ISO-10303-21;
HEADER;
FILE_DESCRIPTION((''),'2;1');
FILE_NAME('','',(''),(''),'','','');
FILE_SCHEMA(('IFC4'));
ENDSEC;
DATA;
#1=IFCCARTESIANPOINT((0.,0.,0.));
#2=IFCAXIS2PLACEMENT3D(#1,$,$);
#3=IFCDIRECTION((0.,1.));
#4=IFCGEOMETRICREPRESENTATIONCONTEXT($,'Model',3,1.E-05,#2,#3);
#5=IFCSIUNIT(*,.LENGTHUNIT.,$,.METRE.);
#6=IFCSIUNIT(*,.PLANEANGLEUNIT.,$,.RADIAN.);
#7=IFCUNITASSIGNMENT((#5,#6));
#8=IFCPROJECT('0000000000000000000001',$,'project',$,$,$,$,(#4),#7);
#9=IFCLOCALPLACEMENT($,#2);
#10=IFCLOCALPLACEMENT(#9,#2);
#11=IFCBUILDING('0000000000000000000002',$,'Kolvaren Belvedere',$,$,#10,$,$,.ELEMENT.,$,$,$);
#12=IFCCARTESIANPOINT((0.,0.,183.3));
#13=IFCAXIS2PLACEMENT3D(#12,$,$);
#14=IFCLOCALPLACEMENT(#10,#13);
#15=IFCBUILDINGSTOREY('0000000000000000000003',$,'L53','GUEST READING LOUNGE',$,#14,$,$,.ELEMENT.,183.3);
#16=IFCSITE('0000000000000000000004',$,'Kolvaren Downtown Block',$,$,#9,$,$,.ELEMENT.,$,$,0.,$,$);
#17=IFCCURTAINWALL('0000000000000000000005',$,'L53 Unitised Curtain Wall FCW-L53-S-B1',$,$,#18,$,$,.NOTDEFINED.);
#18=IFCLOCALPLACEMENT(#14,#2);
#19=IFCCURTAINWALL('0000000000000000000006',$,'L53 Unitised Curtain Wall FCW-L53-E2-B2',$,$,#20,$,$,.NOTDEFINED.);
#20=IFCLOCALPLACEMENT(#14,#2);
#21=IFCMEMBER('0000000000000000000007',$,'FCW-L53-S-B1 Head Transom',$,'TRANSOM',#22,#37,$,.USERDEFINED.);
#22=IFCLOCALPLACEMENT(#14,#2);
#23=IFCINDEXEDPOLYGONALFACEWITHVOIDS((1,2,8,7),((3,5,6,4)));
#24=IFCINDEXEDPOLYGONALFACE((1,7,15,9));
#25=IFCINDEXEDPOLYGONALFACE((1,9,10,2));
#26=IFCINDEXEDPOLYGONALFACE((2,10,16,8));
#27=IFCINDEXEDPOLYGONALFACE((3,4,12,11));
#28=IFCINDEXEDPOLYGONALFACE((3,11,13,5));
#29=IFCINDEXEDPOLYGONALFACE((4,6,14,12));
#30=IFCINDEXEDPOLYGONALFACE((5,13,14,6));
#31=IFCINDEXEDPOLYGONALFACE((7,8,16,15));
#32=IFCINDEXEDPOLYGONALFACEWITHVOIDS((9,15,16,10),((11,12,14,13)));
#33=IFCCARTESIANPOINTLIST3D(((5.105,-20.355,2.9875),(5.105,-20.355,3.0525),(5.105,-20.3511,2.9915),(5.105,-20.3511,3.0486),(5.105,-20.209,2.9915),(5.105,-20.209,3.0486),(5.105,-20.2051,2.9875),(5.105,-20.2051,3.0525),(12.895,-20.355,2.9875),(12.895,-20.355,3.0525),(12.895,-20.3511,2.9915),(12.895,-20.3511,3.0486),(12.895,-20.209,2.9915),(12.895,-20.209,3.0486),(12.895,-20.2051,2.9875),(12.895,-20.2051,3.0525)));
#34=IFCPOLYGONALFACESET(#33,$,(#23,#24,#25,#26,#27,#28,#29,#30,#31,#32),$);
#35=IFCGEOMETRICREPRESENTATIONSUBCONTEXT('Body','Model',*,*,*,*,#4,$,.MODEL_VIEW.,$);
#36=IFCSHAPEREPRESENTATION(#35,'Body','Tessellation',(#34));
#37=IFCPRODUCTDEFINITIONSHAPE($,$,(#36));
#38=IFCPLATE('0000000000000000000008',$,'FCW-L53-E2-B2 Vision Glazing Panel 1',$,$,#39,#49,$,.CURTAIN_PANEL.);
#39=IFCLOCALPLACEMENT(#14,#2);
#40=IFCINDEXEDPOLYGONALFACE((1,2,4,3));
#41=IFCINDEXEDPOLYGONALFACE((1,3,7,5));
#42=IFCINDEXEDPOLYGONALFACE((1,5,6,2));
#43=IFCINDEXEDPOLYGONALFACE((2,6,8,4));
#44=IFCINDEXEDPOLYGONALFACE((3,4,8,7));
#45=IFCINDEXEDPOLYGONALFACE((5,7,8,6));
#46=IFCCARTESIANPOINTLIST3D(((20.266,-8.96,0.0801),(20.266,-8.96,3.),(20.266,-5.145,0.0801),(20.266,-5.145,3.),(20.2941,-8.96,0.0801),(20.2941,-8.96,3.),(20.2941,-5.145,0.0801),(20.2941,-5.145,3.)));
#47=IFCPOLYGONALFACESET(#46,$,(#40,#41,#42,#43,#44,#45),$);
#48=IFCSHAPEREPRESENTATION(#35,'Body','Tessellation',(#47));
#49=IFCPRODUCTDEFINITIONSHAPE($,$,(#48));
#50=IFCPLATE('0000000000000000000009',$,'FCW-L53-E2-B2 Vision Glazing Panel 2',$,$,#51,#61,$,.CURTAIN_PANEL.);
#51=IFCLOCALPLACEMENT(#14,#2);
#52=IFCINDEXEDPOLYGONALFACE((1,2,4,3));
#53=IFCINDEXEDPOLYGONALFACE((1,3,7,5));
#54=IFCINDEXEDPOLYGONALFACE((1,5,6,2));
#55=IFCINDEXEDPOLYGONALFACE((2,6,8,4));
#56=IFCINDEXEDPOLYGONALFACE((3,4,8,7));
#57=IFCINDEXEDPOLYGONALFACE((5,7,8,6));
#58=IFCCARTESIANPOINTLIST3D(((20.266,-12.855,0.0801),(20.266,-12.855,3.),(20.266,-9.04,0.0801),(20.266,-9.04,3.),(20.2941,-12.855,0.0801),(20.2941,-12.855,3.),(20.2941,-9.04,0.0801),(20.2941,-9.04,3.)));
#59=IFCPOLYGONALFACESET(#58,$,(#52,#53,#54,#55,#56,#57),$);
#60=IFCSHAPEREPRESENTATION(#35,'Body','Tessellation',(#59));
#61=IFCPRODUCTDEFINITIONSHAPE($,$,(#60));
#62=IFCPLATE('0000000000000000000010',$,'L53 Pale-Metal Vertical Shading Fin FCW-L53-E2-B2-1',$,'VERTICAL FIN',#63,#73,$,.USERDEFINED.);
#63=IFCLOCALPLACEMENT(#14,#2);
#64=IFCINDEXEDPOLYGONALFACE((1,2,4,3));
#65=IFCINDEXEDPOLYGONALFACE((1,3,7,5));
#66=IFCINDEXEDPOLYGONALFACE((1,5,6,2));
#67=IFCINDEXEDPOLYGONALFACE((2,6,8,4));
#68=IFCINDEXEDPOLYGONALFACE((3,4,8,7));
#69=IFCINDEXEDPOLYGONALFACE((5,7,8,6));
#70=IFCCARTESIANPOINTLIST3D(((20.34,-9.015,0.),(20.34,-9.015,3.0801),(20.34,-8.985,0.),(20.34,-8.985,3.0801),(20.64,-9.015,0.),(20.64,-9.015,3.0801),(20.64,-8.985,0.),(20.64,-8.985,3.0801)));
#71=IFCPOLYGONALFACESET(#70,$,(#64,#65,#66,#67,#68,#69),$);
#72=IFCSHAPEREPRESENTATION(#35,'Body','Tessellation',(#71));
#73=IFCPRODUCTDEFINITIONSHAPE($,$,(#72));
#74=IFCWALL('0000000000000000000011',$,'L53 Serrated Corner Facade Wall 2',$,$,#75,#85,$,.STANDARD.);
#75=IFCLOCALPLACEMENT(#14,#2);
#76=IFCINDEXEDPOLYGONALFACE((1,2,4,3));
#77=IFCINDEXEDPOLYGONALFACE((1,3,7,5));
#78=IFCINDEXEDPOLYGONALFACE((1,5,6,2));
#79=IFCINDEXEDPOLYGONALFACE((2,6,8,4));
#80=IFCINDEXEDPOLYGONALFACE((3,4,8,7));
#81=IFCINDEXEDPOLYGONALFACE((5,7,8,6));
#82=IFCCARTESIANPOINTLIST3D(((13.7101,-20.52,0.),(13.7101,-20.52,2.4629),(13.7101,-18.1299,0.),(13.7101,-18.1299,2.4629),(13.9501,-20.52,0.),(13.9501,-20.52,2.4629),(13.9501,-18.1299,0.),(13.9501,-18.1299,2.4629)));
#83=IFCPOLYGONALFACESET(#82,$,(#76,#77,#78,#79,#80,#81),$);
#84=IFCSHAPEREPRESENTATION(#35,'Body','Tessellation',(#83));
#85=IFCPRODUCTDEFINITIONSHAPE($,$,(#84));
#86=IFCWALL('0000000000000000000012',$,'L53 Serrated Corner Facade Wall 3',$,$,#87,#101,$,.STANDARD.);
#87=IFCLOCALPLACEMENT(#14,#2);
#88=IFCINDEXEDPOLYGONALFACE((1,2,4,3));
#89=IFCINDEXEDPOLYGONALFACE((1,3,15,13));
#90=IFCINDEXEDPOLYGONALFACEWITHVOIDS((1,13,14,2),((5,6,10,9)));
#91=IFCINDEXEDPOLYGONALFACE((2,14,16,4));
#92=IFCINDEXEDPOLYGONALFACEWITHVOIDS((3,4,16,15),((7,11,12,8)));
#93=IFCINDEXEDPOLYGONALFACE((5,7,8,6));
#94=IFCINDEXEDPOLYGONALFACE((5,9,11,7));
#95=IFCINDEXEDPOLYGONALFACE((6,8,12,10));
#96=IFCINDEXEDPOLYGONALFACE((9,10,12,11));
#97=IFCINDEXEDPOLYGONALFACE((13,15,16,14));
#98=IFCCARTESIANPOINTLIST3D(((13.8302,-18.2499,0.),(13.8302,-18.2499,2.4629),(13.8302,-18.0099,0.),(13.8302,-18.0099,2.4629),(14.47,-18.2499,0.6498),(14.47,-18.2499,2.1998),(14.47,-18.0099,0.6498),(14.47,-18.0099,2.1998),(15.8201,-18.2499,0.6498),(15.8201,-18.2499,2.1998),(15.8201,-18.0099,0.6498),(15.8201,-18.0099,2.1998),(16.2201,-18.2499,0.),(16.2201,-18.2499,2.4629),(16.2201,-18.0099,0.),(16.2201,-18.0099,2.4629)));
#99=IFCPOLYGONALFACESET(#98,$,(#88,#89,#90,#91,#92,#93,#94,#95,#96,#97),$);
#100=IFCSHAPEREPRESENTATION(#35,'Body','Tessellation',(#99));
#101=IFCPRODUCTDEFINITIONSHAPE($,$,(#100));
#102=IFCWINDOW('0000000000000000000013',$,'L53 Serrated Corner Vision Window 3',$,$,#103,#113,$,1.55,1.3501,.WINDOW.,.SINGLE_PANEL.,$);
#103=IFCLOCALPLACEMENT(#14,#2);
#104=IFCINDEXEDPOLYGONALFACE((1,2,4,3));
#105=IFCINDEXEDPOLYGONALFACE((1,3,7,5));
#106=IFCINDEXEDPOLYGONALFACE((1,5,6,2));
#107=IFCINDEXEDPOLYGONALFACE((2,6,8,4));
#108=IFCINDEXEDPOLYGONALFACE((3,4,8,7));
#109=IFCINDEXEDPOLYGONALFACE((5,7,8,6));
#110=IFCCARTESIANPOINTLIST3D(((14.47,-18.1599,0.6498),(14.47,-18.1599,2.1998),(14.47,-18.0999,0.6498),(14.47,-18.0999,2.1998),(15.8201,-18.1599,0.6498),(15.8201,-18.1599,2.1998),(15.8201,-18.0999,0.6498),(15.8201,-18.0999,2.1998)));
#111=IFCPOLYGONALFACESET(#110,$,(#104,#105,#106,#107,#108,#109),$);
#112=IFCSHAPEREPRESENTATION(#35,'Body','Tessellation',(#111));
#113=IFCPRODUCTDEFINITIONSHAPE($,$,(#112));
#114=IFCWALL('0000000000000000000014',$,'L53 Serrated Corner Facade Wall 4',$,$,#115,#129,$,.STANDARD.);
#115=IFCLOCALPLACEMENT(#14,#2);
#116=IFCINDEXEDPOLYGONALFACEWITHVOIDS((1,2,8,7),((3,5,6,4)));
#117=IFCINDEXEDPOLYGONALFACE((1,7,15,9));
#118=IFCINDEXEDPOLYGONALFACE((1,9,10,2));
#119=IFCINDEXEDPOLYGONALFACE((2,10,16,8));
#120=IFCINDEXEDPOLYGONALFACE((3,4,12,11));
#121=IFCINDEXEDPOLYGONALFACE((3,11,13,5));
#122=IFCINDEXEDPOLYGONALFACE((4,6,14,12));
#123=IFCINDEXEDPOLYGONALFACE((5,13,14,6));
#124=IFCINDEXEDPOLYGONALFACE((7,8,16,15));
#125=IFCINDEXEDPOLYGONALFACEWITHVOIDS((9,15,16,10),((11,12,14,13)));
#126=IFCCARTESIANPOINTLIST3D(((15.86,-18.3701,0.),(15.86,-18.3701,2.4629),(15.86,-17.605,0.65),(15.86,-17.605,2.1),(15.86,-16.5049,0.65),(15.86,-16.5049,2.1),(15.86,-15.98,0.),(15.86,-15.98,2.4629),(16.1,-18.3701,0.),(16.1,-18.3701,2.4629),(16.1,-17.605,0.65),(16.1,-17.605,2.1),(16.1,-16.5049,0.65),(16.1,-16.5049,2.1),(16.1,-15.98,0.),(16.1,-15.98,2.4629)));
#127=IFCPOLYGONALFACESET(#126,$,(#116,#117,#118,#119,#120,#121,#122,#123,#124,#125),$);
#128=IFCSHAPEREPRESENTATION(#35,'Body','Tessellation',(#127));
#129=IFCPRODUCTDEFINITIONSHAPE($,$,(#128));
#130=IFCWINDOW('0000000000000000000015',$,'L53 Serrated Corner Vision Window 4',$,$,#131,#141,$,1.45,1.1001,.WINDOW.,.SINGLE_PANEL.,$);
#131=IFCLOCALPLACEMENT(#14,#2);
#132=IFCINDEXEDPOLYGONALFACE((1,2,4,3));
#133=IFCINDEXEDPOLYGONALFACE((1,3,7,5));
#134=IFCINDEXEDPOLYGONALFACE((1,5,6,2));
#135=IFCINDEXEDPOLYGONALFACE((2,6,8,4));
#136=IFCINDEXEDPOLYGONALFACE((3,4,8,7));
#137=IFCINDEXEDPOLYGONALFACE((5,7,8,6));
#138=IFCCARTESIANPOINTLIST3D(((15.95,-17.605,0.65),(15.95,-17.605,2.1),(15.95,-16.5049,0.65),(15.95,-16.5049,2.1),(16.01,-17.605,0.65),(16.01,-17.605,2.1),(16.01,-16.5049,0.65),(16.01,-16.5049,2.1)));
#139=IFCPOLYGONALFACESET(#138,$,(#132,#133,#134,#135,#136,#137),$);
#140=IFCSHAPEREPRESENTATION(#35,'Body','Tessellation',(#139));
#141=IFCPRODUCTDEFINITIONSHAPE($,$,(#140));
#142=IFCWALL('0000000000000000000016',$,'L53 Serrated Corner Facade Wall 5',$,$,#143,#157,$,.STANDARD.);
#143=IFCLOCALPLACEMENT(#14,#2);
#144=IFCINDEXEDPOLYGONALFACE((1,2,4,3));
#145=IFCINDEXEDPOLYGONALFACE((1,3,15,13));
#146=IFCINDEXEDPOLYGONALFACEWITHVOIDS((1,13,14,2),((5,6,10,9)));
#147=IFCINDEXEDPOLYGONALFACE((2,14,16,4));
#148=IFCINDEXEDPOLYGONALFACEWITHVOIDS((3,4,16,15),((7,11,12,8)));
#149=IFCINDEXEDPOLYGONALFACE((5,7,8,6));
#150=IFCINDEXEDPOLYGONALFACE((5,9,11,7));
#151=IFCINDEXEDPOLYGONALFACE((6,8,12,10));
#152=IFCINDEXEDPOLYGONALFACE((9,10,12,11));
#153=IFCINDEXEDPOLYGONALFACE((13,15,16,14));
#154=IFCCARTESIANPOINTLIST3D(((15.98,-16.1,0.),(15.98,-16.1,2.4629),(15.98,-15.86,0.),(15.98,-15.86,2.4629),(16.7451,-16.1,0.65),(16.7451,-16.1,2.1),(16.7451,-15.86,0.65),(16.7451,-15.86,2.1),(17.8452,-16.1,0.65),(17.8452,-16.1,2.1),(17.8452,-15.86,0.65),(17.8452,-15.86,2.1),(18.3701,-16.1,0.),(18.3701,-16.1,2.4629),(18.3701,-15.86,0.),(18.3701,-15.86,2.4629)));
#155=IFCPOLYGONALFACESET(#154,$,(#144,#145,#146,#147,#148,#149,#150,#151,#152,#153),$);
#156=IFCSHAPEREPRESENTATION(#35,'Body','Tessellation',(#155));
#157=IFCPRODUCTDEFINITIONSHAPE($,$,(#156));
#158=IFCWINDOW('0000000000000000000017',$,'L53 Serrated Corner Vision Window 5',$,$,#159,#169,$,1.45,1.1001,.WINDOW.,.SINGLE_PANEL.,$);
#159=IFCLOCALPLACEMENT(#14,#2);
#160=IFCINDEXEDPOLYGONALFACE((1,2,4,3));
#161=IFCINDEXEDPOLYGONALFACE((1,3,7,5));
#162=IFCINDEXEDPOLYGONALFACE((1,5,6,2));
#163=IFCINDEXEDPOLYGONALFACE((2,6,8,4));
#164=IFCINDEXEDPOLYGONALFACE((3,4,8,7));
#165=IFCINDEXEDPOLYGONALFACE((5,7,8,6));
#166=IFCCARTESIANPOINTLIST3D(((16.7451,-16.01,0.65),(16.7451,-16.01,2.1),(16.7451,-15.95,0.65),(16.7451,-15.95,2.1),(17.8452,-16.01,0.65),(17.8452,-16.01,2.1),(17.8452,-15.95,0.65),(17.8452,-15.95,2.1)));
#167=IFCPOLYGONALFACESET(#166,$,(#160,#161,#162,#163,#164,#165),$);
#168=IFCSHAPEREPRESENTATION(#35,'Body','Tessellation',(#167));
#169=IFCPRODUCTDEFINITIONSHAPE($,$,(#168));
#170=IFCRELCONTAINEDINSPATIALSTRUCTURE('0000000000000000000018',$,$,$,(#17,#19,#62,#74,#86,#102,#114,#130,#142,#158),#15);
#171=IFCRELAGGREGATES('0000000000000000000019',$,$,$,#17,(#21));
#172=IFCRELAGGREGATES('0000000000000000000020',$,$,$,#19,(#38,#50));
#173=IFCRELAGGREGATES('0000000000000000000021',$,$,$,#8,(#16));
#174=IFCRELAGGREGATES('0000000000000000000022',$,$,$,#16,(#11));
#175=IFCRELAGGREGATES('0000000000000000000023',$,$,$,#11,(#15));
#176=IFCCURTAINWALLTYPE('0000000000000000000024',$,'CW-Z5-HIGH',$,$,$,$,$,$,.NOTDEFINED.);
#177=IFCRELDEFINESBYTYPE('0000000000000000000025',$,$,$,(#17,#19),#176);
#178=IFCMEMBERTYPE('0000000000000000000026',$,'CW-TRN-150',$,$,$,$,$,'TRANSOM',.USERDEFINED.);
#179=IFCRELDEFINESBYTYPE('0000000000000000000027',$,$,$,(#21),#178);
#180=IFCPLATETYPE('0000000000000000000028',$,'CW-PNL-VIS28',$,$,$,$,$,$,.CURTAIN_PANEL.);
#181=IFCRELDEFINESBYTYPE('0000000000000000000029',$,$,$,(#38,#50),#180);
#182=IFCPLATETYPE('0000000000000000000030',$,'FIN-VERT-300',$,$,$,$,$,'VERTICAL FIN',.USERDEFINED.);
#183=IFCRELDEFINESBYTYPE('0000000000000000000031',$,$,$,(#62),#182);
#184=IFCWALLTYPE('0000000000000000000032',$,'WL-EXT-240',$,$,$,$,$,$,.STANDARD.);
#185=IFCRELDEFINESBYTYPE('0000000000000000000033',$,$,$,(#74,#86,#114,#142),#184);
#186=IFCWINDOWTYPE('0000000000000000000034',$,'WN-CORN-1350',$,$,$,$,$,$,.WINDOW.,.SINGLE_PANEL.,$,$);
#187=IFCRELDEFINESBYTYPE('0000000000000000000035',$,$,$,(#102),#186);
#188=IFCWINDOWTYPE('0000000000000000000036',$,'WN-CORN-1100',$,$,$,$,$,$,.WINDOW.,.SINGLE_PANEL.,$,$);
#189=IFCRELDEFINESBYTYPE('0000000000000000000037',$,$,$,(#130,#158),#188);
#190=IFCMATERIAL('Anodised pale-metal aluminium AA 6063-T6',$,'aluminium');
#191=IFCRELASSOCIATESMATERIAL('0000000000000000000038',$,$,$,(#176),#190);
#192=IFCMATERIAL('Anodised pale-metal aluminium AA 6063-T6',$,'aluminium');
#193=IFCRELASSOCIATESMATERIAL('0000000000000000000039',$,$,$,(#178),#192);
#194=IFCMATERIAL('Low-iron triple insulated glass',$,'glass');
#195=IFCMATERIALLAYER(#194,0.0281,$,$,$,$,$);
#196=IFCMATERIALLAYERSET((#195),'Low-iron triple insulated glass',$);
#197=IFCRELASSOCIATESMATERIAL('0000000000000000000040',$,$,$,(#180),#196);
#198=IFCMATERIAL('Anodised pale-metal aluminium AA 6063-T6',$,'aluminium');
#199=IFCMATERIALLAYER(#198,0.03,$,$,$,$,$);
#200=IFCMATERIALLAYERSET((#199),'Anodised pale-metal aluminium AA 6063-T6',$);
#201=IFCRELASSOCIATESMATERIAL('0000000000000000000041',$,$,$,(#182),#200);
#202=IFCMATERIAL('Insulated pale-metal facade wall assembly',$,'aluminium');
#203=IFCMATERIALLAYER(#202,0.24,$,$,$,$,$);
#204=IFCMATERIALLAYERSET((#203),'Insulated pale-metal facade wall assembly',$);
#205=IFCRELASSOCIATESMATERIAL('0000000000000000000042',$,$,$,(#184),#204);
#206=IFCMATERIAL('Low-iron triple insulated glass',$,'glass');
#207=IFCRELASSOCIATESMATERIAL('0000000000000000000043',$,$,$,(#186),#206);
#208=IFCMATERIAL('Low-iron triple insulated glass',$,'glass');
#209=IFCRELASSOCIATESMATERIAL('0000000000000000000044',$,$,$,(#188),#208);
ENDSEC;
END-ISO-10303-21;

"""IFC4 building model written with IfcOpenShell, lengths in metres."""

from ifc_helpers import new_model, si_unit, direction, frame, frame_2d, origin, origin_2d, place, context, subcontext, project, spatial, rectangle, hollow_rectangle, extrude, material, layer, layer_set, material_profile, profile_set, type_object, element, fill, aggregate, save


model = new_model("IFC4")

# Units and contexts
model_context = context("Model", 3, precision=1e-05, world=origin(), true_north=direction((0.0, 1.0)))
body_context = subcontext(model_context, "Body", "Model", "MODEL_VIEW")
ifc_project = project(units=[si_unit("LENGTHUNIT", "METRE"), si_unit("PLANEANGLEUNIT", "RADIAN")], contexts=[model_context])

# Site, building, storey
site_placement = place(None, origin())
site = spatial("IfcSite", under=ifc_project, at=site_placement, Name="Kolvaren Downtown Block", CompositionType="ELEMENT", RefElevation=0.0)
building_placement = place(site_placement, origin())
building = spatial("IfcBuilding", under=site, at=building_placement, Name="Kolvaren Belvedere", CompositionType="ELEMENT")
storey_placement = place(building_placement, frame((0.0, 0.0, 183.3)))
storey = spatial("IfcBuildingStorey", under=building, at=storey_placement, Name="L53", Description="GUEST READING LOUNGE", CompositionType="ELEMENT", Elevation=183.3)

# Curtain wall
ifc_material_1 = material(Name="Anodised pale-metal aluminium AA 6063-T6", Category="aluminium")
curtain_wall_type = type_object("IfcCurtainWallType", Name="CW-Z5-HIGH", PredefinedType="NOTDEFINED", material=ifc_material_1)
curtain_wall_1_placement = place(storey_placement, origin())
curtain_wall_1 = element("IfcCurtainWall", 1, at=curtain_wall_1_placement, inside=storey, type_object=curtain_wall_type, Name="L53 Unitised Curtain Wall FCW-L53-S-B1", PredefinedType="NOTDEFINED")

# Curtain wall
curtain_wall_2_placement = place(storey_placement, origin())
curtain_wall_2 = element("IfcCurtainWall", 2, at=curtain_wall_2_placement, inside=storey, type_object=curtain_wall_type, Name="L53 Unitised Curtain Wall FCW-L53-E2-B2", PredefinedType="NOTDEFINED")

# Member
ifc_material_2 = material(Name="Anodised pale-metal aluminium AA 6063-T6", Category="aluminium")
ifc_material_profile_1 = material_profile(ifc_material_2, hollow_rectangle(XDim=0.0649, YDim=0.1499, WallThickness=0.0039, at=origin_2d()), Name="ALU-TRN-150X65")
ifc_profile_set_1 = profile_set([ifc_material_profile_1], Name="Anodised pale-metal aluminium AA 6063-T6")
member_type_1 = type_object("IfcMemberType", Name="CW-TRN-150", ElementType="TRANSOM", PredefinedType="USERDEFINED", material=ifc_profile_set_1)
member_1_placement = place(storey_placement, frame((12.895, -20.28, 3.02), z_axis=(-1.0, 0.0, 0.0), x_axis=(0.0, 0.0, 1.0)))
member_1 = element("IfcMember", 3, at=member_1_placement, type_object=member_type_1, Name="FCW-L53-S-B1 Head Transom", ObjectType="TRANSOM", PredefinedType="USERDEFINED", context=body_context, shape_type="SweptSolid", body=[
    extrude(hollow_rectangle(XDim=0.0649, YDim=0.1499, WallThickness=0.0039, at=origin_2d()), origin(), (0.0, 0.0, 1.0), 7.79),
])
aggregate(curtain_wall_1, [member_1])

# Plates
ifc_material_3 = material(Name="Low-iron triple insulated glass", Category="glass")
ifc_layer_1 = layer(ifc_material_3, 0.0281)
ifc_layer_set_1 = layer_set([ifc_layer_1], Name="Low-iron triple insulated glass")
plate_type_1 = type_object("IfcPlateType", Name="CW-PNL-VIS28", PredefinedType="CURTAIN_PANEL", material=ifc_layer_set_1)
plate_1_placement = place(storey_placement, frame((20.28, -7.0525, 0.0801), z_axis=(0.0, 0.0, 1.0), x_axis=(0.0, -1.0, 0.0)))
plate_1 = element("IfcPlate", 4, at=plate_1_placement, type_object=plate_type_1, Name="FCW-L53-E2-B2 Vision Glazing Panel 1", PredefinedType="CURTAIN_PANEL", context=body_context, shape_type="SweptSolid", body=[
    extrude(rectangle(XDim=3.8149, YDim=0.0281, at=origin_2d()), origin(), (0.0, 0.0, 1.0), 2.9199),
])
plate_2_placement = place(storey_placement, frame((20.28, -10.9475, 0.0801), z_axis=(0.0, 0.0, 1.0), x_axis=(0.0, -1.0, 0.0)))
plate_2 = element("IfcPlate", 5, at=plate_2_placement, type_object=plate_type_1, Name="FCW-L53-E2-B2 Vision Glazing Panel 2", PredefinedType="CURTAIN_PANEL", context=body_context, shape_type="SweptSolid", body=[
    extrude(rectangle(XDim=3.8149, YDim=0.0281, at=origin_2d()), origin(), (0.0, 0.0, 1.0), 2.9199),
])
aggregate(curtain_wall_2, [plate_1, plate_2])
ifc_material_4 = material(Name="Anodised pale-metal aluminium AA 6063-T6", Category="aluminium")
ifc_layer_2 = layer(ifc_material_4, 0.03)
ifc_layer_set_2 = layer_set([ifc_layer_2], Name="Anodised pale-metal aluminium AA 6063-T6")
plate_type_2 = type_object("IfcPlateType", Name="FIN-VERT-300", ElementType="VERTICAL FIN", PredefinedType="USERDEFINED", material=ifc_layer_set_2)
plate_3_placement = place(storey_placement, frame((20.49, -9.0, 0.0), z_axis=(0.0, 0.0, 1.0), x_axis=(1.0, 0.0, 0.0)))
element("IfcPlate", 6, at=plate_3_placement, inside=storey, type_object=plate_type_2, Name="L53 Pale-Metal Vertical Shading Fin FCW-L53-E2-B2-1", ObjectType="VERTICAL FIN", PredefinedType="USERDEFINED", context=body_context, shape_type="SweptSolid", body=[
    extrude(rectangle(XDim=0.3, YDim=0.03, at=origin_2d()), origin(), (0.0, 0.0, 1.0), 3.0801),
])

# Wall
ifc_material_5 = material(Name="Insulated pale-metal facade wall assembly", Category="aluminium")
ifc_layer_3 = layer(ifc_material_5, 0.24)
ifc_layer_set_3 = layer_set([ifc_layer_3], Name="Insulated pale-metal facade wall assembly")
wall_type_1 = type_object("IfcWallType", Name="WL-EXT-240", PredefinedType="STANDARD", material=ifc_layer_set_3)
wall_1_placement = place(storey_placement, frame((13.8301, -18.1299, 0.0), z_axis=(0.0, 0.0, 1.0), x_axis=(0.0, -1.0, 0.0)))
element("IfcWall", 7, at=wall_1_placement, inside=storey, type_object=wall_type_1, Name="L53 Serrated Corner Facade Wall 2", PredefinedType="STANDARD", context=body_context, shape_type="SweptSolid", body=[
    extrude(rectangle(XDim=2.3901, YDim=0.24, at=frame_2d((1.1951, 0.0))), origin(), (0.0, 0.0, 1.0), 2.4629),
])

# Walls, openings, windows
wall_2_placement = place(storey_placement, frame((16.22, -18.1299, 0.0), z_axis=(0.0, 0.0, 1.0), x_axis=(-1.0, 0.0, 0.0)))
wall_2 = element("IfcWall", 8, at=wall_2_placement, inside=storey, type_object=wall_type_1, Name="L53 Serrated Corner Facade Wall 3", PredefinedType="STANDARD", context=body_context, shape_type="SweptSolid", body=[
    extrude(rectangle(XDim=2.3899, YDim=0.24, at=frame_2d((1.1948, 0.0))), origin(), (0.0, 0.0, 1.0), 2.4629),
])
opening_1_placement = place(wall_2_placement, frame((0.3999, 0.0, 0.6499)))
opening_1 = element("IfcOpeningElement", 9, at=opening_1_placement, cuts=wall_2, PredefinedType="OPENING", context=body_context, shape_type="SweptSolid", body=[
    extrude(rectangle(XDim=1.3501, YDim=1.55, at=frame_2d((0.675, 0.7749))), frame((0.0, 0.1299, 0.0), z_axis=(0.0, -1.0, 0.0), x_axis=(1.0, 0.0, 0.0)), (0.0, 0.0, 1.0), 0.26),
])
ifc_material_6 = material(Name="Low-iron triple insulated glass", Category="glass")
window_type_1 = type_object("IfcWindowType", Name="WN-CORN-1350", PartitioningType="SINGLE_PANEL", PredefinedType="WINDOW", material=ifc_material_6)
window_1_placement = place(opening_1_placement, origin())
window_1 = element("IfcWindow", 10, at=window_1_placement, inside=storey, type_object=window_type_1, Name="L53 Serrated Corner Vision Window 3", OverallHeight=1.55, OverallWidth=1.3501, PartitioningType="SINGLE_PANEL", PredefinedType="WINDOW", context=body_context, shape_type="SweptSolid", body=[
    extrude(rectangle(XDim=1.3501, YDim=1.55, at=frame_2d((0.675, 0.7749))), frame((0.0, 0.03, 0.0), z_axis=(0.0, -1.0, 0.0), x_axis=(1.0, 0.0, 0.0)), (0.0, 0.0, 1.0), 0.0601),
])
fill(opening_1, window_1)
wall_3_placement = place(storey_placement, frame((15.98, -15.98, 0.0), z_axis=(0.0, 0.0, 1.0), x_axis=(0.0, -1.0, 0.0)))
wall_3 = element("IfcWall", 11, at=wall_3_placement, inside=storey, type_object=wall_type_1, Name="L53 Serrated Corner Facade Wall 4", PredefinedType="STANDARD", context=body_context, shape_type="SweptSolid", body=[
    extrude(rectangle(XDim=2.3901, YDim=0.24, at=frame_2d((1.1951, 0.0))), origin(), (0.0, 0.0, 1.0), 2.4629),
])
opening_2_placement = place(wall_3_placement, frame((0.5249, 0.0, 0.6499)))
opening_2 = element("IfcOpeningElement", 12, at=opening_2_placement, cuts=wall_3, PredefinedType="OPENING", context=body_context, shape_type="SweptSolid", body=[
    extrude(rectangle(XDim=1.1001, YDim=1.45, at=frame_2d((0.55, 0.7251))), frame((0.0, 0.1299, 0.0), z_axis=(0.0, -1.0, 0.0), x_axis=(1.0, 0.0, 0.0)), (0.0, 0.0, 1.0), 0.26),
])
ifc_material_7 = material(Name="Low-iron triple insulated glass", Category="glass")
window_type_2 = type_object("IfcWindowType", Name="WN-CORN-1100", PartitioningType="SINGLE_PANEL", PredefinedType="WINDOW", material=ifc_material_7)
window_2_placement = place(opening_2_placement, origin())
window_2 = element("IfcWindow", 13, at=window_2_placement, inside=storey, type_object=window_type_2, Name="L53 Serrated Corner Vision Window 4", OverallHeight=1.45, OverallWidth=1.1001, PartitioningType="SINGLE_PANEL", PredefinedType="WINDOW", context=body_context, shape_type="SweptSolid", body=[
    extrude(rectangle(XDim=1.1001, YDim=1.45, at=frame_2d((0.55, 0.7251))), frame((0.0, 0.03, 0.0), z_axis=(0.0, -1.0, 0.0), x_axis=(1.0, 0.0, 0.0)), (0.0, 0.0, 1.0), 0.0601),
])
fill(opening_2, window_2)
wall_4_placement = place(storey_placement, frame((18.3701, -15.98, 0.0), z_axis=(0.0, 0.0, 1.0), x_axis=(-1.0, 0.0, 0.0)))
wall_4 = element("IfcWall", 14, at=wall_4_placement, inside=storey, type_object=wall_type_1, Name="L53 Serrated Corner Facade Wall 5", PredefinedType="STANDARD", context=body_context, shape_type="SweptSolid", body=[
    extrude(rectangle(XDim=2.3901, YDim=0.24, at=frame_2d((1.1951, 0.0))), origin(), (0.0, 0.0, 1.0), 2.4629),
])
opening_3_placement = place(wall_4_placement, frame((0.5249, 0.0, 0.6499)))
opening_3 = element("IfcOpeningElement", 15, at=opening_3_placement, cuts=wall_4, PredefinedType="OPENING", context=body_context, shape_type="SweptSolid", body=[
    extrude(rectangle(XDim=1.1001, YDim=1.45, at=frame_2d((0.55, 0.7251))), frame((0.0, 0.1299, 0.0), z_axis=(0.0, -1.0, 0.0), x_axis=(1.0, 0.0, 0.0)), (0.0, 0.0, 1.0), 0.26),
])
window_3_placement = place(opening_3_placement, origin())
window_3 = element("IfcWindow", 16, at=window_3_placement, inside=storey, type_object=window_type_2, Name="L53 Serrated Corner Vision Window 5", OverallHeight=1.45, OverallWidth=1.1001, PartitioningType="SINGLE_PANEL", PredefinedType="WINDOW", context=body_context, shape_type="SweptSolid", body=[
    extrude(rectangle(XDim=1.1001, YDim=1.45, at=frame_2d((0.55, 0.7251))), frame((0.0, 0.03, 0.0), z_axis=(0.0, -1.0, 0.0), x_axis=(1.0, 0.0, 0.0)), (0.0, 0.0, 1.0), 0.0601),
])
fill(opening_3, window_3)

save(model, "model.ifc")
